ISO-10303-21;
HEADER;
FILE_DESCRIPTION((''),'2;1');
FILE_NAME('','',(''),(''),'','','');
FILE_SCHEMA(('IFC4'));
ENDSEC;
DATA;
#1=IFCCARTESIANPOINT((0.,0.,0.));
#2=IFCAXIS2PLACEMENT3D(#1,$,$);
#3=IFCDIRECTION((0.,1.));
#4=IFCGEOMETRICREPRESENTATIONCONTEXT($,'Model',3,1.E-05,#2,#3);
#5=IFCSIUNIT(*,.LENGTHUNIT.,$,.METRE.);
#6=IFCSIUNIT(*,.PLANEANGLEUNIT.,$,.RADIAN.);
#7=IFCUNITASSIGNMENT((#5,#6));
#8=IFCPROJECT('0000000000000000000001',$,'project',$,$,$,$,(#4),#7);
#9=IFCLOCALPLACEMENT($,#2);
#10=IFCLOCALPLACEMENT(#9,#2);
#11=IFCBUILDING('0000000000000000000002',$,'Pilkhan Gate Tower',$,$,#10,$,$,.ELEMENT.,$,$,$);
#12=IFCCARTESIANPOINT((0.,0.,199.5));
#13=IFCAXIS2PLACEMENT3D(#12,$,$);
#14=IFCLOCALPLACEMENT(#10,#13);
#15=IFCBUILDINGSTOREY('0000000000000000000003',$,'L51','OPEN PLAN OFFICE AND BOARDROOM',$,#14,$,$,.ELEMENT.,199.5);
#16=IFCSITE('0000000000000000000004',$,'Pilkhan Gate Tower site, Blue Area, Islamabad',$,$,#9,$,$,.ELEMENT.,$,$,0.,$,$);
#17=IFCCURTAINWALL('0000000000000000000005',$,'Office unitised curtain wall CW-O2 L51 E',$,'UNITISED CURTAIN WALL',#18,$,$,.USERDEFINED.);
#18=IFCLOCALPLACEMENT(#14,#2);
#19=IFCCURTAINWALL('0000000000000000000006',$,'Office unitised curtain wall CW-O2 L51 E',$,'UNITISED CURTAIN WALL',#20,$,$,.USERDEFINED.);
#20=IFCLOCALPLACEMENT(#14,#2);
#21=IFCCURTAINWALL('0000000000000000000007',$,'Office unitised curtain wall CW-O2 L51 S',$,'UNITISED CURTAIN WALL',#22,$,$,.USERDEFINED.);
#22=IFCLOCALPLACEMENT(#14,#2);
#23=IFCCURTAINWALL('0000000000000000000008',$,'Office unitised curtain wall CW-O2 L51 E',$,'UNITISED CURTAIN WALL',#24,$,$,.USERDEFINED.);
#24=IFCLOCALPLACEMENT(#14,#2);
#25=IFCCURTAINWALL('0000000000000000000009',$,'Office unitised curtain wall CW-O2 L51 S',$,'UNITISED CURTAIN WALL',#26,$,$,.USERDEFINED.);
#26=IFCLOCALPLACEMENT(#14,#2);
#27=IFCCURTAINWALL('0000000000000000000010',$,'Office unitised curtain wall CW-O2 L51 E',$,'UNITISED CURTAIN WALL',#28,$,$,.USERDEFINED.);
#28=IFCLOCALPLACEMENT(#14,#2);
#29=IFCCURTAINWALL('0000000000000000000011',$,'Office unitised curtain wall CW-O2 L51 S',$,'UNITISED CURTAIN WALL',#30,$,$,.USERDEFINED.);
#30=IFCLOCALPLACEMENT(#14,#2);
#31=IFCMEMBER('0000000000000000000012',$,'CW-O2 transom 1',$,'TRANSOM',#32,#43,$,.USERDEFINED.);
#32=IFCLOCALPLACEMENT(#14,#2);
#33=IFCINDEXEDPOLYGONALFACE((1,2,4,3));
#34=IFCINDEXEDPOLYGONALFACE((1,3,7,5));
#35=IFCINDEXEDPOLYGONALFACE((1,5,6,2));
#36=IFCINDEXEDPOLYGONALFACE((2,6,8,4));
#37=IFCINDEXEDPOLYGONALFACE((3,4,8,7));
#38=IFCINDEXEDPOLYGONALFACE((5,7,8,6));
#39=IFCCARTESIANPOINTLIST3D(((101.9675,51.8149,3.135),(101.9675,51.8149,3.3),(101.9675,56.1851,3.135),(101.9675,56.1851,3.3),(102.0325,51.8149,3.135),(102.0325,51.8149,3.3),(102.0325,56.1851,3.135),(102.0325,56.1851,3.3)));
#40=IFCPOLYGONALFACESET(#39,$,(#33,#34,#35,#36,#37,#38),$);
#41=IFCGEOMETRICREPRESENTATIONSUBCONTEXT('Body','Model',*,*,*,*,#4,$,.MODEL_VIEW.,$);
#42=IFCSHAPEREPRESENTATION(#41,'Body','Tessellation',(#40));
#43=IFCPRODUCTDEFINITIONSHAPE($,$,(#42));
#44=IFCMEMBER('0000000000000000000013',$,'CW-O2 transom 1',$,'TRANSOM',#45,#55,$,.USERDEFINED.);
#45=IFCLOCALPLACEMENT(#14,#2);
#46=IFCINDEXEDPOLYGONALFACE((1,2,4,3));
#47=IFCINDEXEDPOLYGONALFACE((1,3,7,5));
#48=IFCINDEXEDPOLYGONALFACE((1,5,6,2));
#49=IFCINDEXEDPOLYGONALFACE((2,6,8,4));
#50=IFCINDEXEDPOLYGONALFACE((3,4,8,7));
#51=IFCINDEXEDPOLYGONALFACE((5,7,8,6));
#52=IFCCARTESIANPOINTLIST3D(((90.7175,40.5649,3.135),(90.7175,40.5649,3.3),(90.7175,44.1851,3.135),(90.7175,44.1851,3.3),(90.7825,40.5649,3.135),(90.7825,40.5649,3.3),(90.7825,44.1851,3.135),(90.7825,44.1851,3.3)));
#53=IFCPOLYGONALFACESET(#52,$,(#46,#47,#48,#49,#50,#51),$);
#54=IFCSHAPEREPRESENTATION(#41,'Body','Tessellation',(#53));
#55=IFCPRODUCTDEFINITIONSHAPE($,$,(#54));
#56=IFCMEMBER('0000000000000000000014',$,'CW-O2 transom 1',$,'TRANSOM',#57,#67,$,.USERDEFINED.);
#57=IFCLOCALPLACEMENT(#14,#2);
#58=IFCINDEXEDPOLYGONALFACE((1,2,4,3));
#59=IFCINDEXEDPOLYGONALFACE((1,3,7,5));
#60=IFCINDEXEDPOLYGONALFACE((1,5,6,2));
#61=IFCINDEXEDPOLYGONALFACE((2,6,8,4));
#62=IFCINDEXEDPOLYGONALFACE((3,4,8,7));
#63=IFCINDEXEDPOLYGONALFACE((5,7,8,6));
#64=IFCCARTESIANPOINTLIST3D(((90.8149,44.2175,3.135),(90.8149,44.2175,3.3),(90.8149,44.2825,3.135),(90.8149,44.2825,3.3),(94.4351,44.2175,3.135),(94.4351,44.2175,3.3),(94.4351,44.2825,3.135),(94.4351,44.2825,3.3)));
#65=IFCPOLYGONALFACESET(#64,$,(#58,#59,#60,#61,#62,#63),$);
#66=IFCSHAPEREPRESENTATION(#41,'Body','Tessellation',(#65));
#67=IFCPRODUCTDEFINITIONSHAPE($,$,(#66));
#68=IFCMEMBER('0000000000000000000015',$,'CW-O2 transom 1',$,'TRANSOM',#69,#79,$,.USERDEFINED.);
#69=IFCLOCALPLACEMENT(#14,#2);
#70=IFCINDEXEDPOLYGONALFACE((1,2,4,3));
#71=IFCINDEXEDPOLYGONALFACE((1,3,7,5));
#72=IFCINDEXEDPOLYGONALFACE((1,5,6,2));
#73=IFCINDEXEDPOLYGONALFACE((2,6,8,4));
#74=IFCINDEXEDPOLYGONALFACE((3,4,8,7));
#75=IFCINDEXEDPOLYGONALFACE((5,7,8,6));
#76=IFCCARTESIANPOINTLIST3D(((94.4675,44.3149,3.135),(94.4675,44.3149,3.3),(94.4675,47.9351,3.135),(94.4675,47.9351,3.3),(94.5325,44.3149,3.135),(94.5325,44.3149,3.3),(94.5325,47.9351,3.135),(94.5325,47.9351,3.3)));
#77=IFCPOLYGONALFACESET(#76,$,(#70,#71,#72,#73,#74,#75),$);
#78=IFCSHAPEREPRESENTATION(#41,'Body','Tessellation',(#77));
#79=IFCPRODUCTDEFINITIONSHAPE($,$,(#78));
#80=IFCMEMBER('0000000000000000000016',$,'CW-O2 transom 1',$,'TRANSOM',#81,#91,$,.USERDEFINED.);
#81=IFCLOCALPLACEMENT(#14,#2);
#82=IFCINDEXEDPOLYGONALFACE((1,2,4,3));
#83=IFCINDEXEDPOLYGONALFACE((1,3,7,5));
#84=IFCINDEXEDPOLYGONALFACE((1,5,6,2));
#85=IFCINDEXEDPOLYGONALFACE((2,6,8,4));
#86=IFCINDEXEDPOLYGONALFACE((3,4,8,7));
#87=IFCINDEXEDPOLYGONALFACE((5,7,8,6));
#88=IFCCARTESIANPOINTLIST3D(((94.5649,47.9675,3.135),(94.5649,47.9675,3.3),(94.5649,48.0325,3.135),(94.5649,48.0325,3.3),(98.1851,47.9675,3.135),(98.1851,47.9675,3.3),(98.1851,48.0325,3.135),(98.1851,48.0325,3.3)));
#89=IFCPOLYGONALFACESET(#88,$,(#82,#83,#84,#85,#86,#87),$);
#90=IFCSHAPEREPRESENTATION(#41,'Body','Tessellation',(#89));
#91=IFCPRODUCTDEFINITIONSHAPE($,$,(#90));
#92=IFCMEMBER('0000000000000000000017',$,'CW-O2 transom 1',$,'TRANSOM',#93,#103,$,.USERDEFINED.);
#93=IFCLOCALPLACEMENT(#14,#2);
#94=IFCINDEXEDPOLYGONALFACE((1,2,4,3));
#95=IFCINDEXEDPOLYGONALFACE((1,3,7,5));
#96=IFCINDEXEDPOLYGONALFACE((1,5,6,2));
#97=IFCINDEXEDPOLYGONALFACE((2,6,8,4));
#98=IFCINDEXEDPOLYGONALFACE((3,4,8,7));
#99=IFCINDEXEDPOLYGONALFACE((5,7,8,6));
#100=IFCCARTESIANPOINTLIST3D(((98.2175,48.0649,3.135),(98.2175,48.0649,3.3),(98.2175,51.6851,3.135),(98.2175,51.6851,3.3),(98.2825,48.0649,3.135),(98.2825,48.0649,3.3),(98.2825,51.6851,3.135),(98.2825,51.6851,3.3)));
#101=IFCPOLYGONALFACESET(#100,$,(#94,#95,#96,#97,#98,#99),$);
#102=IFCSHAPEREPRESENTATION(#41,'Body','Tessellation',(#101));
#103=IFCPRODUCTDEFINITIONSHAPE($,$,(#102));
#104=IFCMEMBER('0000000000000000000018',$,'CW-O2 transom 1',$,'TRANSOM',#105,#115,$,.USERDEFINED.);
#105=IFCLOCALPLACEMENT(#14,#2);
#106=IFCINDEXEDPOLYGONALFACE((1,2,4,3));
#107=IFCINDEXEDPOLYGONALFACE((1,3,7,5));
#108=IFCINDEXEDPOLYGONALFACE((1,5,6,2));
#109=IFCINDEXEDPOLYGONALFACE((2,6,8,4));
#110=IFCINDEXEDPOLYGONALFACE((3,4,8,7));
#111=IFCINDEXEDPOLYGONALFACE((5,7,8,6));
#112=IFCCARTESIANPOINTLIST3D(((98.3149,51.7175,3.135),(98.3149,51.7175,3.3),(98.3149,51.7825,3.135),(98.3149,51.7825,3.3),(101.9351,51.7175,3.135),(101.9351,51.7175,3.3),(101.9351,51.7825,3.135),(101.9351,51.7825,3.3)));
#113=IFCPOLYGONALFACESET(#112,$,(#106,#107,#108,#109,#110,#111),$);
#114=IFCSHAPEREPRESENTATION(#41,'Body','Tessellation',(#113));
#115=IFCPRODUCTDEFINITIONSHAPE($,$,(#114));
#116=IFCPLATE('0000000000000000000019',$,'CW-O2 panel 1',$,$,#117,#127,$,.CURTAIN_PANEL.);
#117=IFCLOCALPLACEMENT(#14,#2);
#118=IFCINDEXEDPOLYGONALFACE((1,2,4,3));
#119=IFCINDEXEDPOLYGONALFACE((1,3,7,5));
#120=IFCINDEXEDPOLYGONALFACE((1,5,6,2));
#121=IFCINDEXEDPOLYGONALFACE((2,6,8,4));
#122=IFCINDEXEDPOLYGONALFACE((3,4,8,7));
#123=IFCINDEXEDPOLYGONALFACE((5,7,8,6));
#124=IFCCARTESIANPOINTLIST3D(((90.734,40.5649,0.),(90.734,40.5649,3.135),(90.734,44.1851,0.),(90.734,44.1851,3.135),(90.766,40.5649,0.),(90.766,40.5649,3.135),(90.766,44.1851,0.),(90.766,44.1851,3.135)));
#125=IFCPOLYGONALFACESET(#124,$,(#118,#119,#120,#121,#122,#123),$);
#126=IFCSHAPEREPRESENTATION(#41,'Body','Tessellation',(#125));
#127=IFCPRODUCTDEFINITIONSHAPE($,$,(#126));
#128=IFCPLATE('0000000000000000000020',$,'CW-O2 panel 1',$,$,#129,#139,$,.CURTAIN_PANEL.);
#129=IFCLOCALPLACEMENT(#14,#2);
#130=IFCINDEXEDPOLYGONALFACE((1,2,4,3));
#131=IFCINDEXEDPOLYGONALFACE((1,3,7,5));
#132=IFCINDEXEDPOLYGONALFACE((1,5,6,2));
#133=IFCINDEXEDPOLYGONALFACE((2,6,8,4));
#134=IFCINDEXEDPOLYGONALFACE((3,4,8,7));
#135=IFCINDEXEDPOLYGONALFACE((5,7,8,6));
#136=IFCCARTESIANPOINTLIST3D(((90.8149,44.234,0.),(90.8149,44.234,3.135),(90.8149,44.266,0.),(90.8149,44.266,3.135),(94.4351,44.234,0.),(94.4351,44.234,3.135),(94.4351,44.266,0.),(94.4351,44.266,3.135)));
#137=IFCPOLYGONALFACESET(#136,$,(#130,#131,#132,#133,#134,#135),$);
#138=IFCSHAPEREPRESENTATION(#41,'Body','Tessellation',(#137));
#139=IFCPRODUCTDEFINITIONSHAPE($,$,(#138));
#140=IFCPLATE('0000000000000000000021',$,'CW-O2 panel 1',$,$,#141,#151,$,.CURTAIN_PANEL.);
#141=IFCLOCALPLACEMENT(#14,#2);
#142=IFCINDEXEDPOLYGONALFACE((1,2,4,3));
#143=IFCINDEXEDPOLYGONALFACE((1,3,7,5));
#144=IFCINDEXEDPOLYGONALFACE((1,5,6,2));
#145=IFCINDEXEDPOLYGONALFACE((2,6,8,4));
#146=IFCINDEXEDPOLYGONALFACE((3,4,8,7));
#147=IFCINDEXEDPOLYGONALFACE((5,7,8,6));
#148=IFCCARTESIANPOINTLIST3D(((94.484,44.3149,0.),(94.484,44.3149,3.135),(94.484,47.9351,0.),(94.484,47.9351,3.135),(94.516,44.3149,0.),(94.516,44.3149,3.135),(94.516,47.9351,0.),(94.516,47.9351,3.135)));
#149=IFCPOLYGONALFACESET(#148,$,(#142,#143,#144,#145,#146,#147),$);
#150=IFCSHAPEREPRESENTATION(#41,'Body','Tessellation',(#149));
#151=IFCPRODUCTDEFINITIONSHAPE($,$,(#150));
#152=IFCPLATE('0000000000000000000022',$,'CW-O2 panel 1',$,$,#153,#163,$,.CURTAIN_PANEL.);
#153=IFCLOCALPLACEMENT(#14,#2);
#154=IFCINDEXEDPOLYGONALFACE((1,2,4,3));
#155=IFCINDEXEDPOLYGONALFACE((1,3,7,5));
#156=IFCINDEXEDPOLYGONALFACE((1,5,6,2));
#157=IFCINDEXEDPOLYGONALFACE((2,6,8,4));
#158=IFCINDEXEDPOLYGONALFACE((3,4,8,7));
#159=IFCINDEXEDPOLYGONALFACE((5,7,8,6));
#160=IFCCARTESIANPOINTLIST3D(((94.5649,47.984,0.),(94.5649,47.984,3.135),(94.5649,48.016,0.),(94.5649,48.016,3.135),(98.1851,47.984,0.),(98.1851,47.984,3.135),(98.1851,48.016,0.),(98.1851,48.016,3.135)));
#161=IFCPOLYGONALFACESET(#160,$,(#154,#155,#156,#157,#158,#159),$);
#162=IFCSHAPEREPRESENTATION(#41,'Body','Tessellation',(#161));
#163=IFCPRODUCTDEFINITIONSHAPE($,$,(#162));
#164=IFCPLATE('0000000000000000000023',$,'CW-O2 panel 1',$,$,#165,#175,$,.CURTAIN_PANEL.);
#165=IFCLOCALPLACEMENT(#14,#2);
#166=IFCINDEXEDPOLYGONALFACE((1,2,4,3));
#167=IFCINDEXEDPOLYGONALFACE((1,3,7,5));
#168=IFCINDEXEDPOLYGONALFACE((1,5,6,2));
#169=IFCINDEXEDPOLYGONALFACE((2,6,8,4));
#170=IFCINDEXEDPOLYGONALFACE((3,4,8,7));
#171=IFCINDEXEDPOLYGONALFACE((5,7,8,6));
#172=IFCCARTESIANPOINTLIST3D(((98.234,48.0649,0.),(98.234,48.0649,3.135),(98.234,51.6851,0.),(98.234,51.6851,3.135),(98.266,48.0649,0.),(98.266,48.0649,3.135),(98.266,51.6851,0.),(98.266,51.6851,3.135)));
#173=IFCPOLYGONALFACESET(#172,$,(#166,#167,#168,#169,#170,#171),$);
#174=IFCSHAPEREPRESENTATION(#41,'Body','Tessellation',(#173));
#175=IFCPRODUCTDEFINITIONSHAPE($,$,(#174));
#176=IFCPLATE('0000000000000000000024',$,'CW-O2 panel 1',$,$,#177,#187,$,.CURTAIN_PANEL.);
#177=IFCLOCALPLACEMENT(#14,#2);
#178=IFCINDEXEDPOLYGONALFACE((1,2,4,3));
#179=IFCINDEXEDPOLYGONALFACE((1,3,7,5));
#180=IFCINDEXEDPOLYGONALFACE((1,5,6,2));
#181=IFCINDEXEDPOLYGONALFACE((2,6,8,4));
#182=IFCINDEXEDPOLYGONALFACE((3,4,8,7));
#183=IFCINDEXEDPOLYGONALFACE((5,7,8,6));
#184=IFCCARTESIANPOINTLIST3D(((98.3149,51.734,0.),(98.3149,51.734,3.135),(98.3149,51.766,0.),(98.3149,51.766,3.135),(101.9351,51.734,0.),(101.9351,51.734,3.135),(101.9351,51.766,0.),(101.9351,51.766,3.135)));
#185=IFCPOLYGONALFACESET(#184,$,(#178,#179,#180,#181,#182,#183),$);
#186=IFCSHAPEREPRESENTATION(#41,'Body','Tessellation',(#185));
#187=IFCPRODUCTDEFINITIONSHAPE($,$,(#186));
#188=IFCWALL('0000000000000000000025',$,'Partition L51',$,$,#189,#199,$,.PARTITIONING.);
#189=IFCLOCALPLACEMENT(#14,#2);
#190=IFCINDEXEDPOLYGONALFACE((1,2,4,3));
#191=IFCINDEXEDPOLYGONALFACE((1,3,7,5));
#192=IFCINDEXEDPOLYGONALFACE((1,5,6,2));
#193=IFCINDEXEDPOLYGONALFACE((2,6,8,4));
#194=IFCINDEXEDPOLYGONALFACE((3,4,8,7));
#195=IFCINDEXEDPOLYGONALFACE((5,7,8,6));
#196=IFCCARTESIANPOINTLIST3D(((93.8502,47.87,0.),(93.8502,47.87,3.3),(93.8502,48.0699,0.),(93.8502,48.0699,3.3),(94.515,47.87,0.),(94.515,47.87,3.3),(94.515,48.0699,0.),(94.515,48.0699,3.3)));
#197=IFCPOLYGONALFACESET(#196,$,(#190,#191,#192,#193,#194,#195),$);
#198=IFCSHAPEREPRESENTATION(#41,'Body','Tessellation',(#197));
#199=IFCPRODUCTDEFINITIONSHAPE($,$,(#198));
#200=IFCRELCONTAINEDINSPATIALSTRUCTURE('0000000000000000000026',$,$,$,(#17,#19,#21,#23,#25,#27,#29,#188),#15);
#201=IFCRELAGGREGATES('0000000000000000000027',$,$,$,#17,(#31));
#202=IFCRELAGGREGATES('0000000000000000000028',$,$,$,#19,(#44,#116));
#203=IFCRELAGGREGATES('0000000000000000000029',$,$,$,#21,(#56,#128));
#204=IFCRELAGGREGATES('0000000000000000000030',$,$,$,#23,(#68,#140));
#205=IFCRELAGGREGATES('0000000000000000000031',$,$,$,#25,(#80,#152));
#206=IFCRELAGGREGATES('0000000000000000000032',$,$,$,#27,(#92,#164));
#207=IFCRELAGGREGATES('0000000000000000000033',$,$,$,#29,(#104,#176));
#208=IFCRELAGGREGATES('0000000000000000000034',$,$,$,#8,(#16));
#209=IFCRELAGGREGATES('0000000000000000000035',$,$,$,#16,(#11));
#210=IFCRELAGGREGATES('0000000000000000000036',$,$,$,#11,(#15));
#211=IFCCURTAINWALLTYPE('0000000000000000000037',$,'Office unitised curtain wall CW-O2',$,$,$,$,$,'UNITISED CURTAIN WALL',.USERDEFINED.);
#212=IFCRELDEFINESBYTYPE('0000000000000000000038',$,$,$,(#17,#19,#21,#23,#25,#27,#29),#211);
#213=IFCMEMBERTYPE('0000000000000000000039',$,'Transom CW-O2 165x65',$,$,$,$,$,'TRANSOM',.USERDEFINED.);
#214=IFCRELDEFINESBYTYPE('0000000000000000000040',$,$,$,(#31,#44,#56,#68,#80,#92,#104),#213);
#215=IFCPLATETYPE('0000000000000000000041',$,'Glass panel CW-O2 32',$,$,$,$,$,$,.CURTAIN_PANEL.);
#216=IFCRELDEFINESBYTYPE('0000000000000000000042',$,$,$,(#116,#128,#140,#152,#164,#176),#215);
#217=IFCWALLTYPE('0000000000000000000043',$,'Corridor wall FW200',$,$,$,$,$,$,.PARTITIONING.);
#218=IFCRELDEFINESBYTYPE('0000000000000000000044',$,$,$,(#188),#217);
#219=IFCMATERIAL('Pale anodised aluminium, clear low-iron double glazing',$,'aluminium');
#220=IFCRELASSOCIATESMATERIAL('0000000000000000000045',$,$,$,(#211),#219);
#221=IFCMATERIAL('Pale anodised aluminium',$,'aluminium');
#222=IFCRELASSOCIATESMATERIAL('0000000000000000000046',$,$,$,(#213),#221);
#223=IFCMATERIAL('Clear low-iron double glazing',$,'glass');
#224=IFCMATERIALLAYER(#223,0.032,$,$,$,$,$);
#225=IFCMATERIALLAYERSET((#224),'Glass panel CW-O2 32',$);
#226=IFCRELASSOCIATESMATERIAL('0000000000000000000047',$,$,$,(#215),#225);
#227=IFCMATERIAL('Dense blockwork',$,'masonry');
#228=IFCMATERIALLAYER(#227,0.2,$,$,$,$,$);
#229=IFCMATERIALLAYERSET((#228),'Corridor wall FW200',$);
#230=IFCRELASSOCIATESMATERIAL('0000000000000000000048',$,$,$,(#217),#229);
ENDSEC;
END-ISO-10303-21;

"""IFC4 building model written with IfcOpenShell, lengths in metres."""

from ifc_helpers import new_model, si_unit, direction, frame, frame_2d, origin, origin_2d, place, context, subcontext, project, spatial, rectangle, extrude, material, layer, layer_set, material_profile, profile_set, type_object, element, aggregate, save


model = new_model("IFC4")

# Units and contexts
model_context = context("Model", 3, precision=1e-05, world=origin(), true_north=direction((0.0, 1.0)))
body_context = subcontext(model_context, "Body", "Model", "MODEL_VIEW")
ifc_project = project(units=[si_unit("LENGTHUNIT", "METRE"), si_unit("PLANEANGLEUNIT", "RADIAN")], contexts=[model_context])

# Site, building, storey
site_placement = place(None, origin())
site = spatial("IfcSite", under=ifc_project, at=site_placement, Name="Pilkhan Gate Tower site, Blue Area, Islamabad", CompositionType="ELEMENT", RefElevation=0.0)
building_placement = place(site_placement, origin())
building = spatial("IfcBuilding", under=site, at=building_placement, Name="Pilkhan Gate Tower", CompositionType="ELEMENT")
storey_placement = place(building_placement, frame((0.0, 0.0, 199.5)))
storey = spatial("IfcBuildingStorey", under=building, at=storey_placement, Name="L51", Description="OPEN PLAN OFFICE AND BOARDROOM", CompositionType="ELEMENT", Elevation=199.5)

# Curtain walls
ifc_material_1 = material(Name="Pale anodised aluminium, clear low-iron double glazing", Category="aluminium")
curtain_wall_type = type_object("IfcCurtainWallType", Name="Office unitised curtain wall CW-O2", ElementType="UNITISED CURTAIN WALL", PredefinedType="USERDEFINED", material=ifc_material_1)
curtain_wall_1_placement = place(storey_placement, origin())
curtain_wall_1 = element("IfcCurtainWall", 1, at=curtain_wall_1_placement, inside=storey, type_object=curtain_wall_type, Name="Office unitised curtain wall CW-O2 L51 E", ObjectType="UNITISED CURTAIN WALL", PredefinedType="USERDEFINED")
ifc_material_2 = material(Name="Pale anodised aluminium", Category="aluminium")
curtain_wall_2_placement = place(storey_placement, origin())
curtain_wall_2 = element("IfcCurtainWall", 2, at=curtain_wall_2_placement, inside=storey, type_object=curtain_wall_type, Name="Office unitised curtain wall CW-O2 L51 E", ObjectType="UNITISED CURTAIN WALL", PredefinedType="USERDEFINED")

# Curtain walls
curtain_wall_3_placement = place(storey_placement, origin())
curtain_wall_3 = element("IfcCurtainWall", 3, at=curtain_wall_3_placement, inside=storey, type_object=curtain_wall_type, Name="Office unitised curtain wall CW-O2 L51 S", ObjectType="UNITISED CURTAIN WALL", PredefinedType="USERDEFINED")
curtain_wall_4_placement = place(storey_placement, origin())
curtain_wall_4 = element("IfcCurtainWall", 4, at=curtain_wall_4_placement, inside=storey, type_object=curtain_wall_type, Name="Office unitised curtain wall CW-O2 L51 E", ObjectType="UNITISED CURTAIN WALL", PredefinedType="USERDEFINED")
curtain_wall_5_placement = place(storey_placement, origin())
curtain_wall_5 = element("IfcCurtainWall", 5, at=curtain_wall_5_placement, inside=storey, type_object=curtain_wall_type, Name="Office unitised curtain wall CW-O2 L51 S", ObjectType="UNITISED CURTAIN WALL", PredefinedType="USERDEFINED")
curtain_wall_6_placement = place(storey_placement, origin())
curtain_wall_6 = element("IfcCurtainWall", 6, at=curtain_wall_6_placement, inside=storey, type_object=curtain_wall_type, Name="Office unitised curtain wall CW-O2 L51 E", ObjectType="UNITISED CURTAIN WALL", PredefinedType="USERDEFINED")
curtain_wall_7_placement = place(storey_placement, origin())
curtain_wall_7 = element("IfcCurtainWall", 7, at=curtain_wall_7_placement, inside=storey, type_object=curtain_wall_type, Name="Office unitised curtain wall CW-O2 L51 S", ObjectType="UNITISED CURTAIN WALL", PredefinedType="USERDEFINED")

# Members
ifc_material_profile_1 = material_profile(ifc_material_2, rectangle(XDim=0.0649, YDim=0.165, at=origin_2d()), Name="Transom 165x65")
ifc_profile_set_1 = profile_set([ifc_material_profile_1], Name="Pale anodised aluminium")
member_type_1 = type_object("IfcMemberType", Name="Transom CW-O2 165x65", ElementType="TRANSOM", PredefinedType="USERDEFINED", material=ifc_profile_set_1)
member_1_placement = place(storey_placement, frame((102.0, 51.8149, 3.2175), z_axis=(0.0, 1.0, 0.0), x_axis=(-1.0, 0.0, 0.0)))
member_1 = element("IfcMember", 8, at=member_1_placement, type_object=member_type_1, Name="CW-O2 transom 1", ObjectType="TRANSOM", PredefinedType="USERDEFINED", context=body_context, shape_type="SweptSolid", body=[
    extrude(rectangle(XDim=0.0649, YDim=0.165, at=origin_2d()), origin(), (0.0, 0.0, 1.0), 4.3701),
])
aggregate(curtain_wall_1, [member_1])
member_2_placement = place(storey_placement, frame((90.75, 40.5649, 3.2175), z_axis=(0.0, 1.0, 0.0), x_axis=(-1.0, 0.0, 0.0)))
member_2 = element("IfcMember", 9, at=member_2_placement, type_object=member_type_1, Name="CW-O2 transom 1", ObjectType="TRANSOM", PredefinedType="USERDEFINED", context=body_context, shape_type="SweptSolid", body=[
    extrude(rectangle(XDim=0.0649, YDim=0.165, at=origin_2d()), origin(), (0.0, 0.0, 1.0), 3.6201),
])
member_3_placement = place(storey_placement, frame((90.8149, 44.25, 3.2175), z_axis=(1.0, 0.0, 0.0), x_axis=(0.0, 1.0, 0.0)))
member_3 = element("IfcMember", 10, at=member_3_placement, type_object=member_type_1, Name="CW-O2 transom 1", ObjectType="TRANSOM", PredefinedType="USERDEFINED", context=body_context, shape_type="SweptSolid", body=[
    extrude(rectangle(XDim=0.0649, YDim=0.165, at=origin_2d()), origin(), (0.0, 0.0, 1.0), 3.6201),
])
member_4_placement = place(storey_placement, frame((94.5, 44.3149, 3.2175), z_axis=(0.0, 1.0, 0.0), x_axis=(-1.0, 0.0, 0.0)))
member_4 = element("IfcMember", 11, at=member_4_placement, type_object=member_type_1, Name="CW-O2 transom 1", ObjectType="TRANSOM", PredefinedType="USERDEFINED", context=body_context, shape_type="SweptSolid", body=[
    extrude(rectangle(XDim=0.0649, YDim=0.165, at=origin_2d()), origin(), (0.0, 0.0, 1.0), 3.6201),
])
member_5_placement = place(storey_placement, frame((94.5649, 48.0, 3.2175), z_axis=(1.0, 0.0, 0.0), x_axis=(0.0, 1.0, 0.0)))
member_5 = element("IfcMember", 12, at=member_5_placement, type_object=member_type_1, Name="CW-O2 transom 1", ObjectType="TRANSOM", PredefinedType="USERDEFINED", context=body_context, shape_type="SweptSolid", body=[
    extrude(rectangle(XDim=0.0649, YDim=0.165, at=origin_2d()), origin(), (0.0, 0.0, 1.0), 3.6201),
])
member_6_placement = place(storey_placement, frame((98.25, 48.0649, 3.2175), z_axis=(0.0, 1.0, 0.0), x_axis=(-1.0, 0.0, 0.0)))
member_6 = element("IfcMember", 13, at=member_6_placement, type_object=member_type_1, Name="CW-O2 transom 1", ObjectType="TRANSOM", PredefinedType="USERDEFINED", context=body_context, shape_type="SweptSolid", body=[
    extrude(rectangle(XDim=0.0649, YDim=0.165, at=origin_2d()), origin(), (0.0, 0.0, 1.0), 3.6201),
])
member_7_placement = place(storey_placement, frame((98.3149, 51.75, 3.2175), z_axis=(1.0, 0.0, 0.0), x_axis=(0.0, 1.0, 0.0)))
member_7 = element("IfcMember", 14, at=member_7_placement, type_object=member_type_1, Name="CW-O2 transom 1", ObjectType="TRANSOM", PredefinedType="USERDEFINED", context=body_context, shape_type="SweptSolid", body=[
    extrude(rectangle(XDim=0.0649, YDim=0.165, at=origin_2d()), origin(), (0.0, 0.0, 1.0), 3.6201),
])

# Plates
ifc_material_3 = material(Name="Clear low-iron double glazing", Category="glass")
ifc_layer_1 = layer(ifc_material_3, 0.032)
ifc_layer_set_1 = layer_set([ifc_layer_1], Name="Glass panel CW-O2 32")
plate_type = type_object("IfcPlateType", Name="Glass panel CW-O2 32", PredefinedType="CURTAIN_PANEL", material=ifc_layer_set_1)
plate_1_placement = place(storey_placement, frame((90.75, 42.375, 0.0), z_axis=(0.0, 0.0, 1.0), x_axis=(0.0, 1.0, 0.0)))
plate_1 = element("IfcPlate", 15, at=plate_1_placement, type_object=plate_type, Name="CW-O2 panel 1", PredefinedType="CURTAIN_PANEL", context=body_context, shape_type="SweptSolid", body=[
    extrude(rectangle(XDim=3.6201, YDim=0.032, at=origin_2d()), origin(), (0.0, 0.0, 1.0), 3.135),
])
aggregate(curtain_wall_2, [member_2, plate_1])
plate_2_placement = place(storey_placement, frame((92.625, 44.25, 0.0), z_axis=(0.0, 0.0, 1.0), x_axis=(1.0, 0.0, 0.0)))
plate_2 = element("IfcPlate", 16, at=plate_2_placement, type_object=plate_type, Name="CW-O2 panel 1", PredefinedType="CURTAIN_PANEL", context=body_context, shape_type="SweptSolid", body=[
    extrude(rectangle(XDim=3.6201, YDim=0.032, at=origin_2d()), origin(), (0.0, 0.0, 1.0), 3.135),
])
aggregate(curtain_wall_3, [member_3, plate_2])
plate_3_placement = place(storey_placement, frame((94.5, 46.125, 0.0), z_axis=(0.0, 0.0, 1.0), x_axis=(0.0, 1.0, 0.0)))
plate_3 = element("IfcPlate", 17, at=plate_3_placement, type_object=plate_type, Name="CW-O2 panel 1", PredefinedType="CURTAIN_PANEL", context=body_context, shape_type="SweptSolid", body=[
    extrude(rectangle(XDim=3.6201, YDim=0.032, at=origin_2d()), origin(), (0.0, 0.0, 1.0), 3.135),
])
aggregate(curtain_wall_4, [member_4, plate_3])
plate_4_placement = place(storey_placement, frame((96.375, 48.0, 0.0), z_axis=(0.0, 0.0, 1.0), x_axis=(1.0, 0.0, 0.0)))
plate_4 = element("IfcPlate", 18, at=plate_4_placement, type_object=plate_type, Name="CW-O2 panel 1", PredefinedType="CURTAIN_PANEL", context=body_context, shape_type="SweptSolid", body=[
    extrude(rectangle(XDim=3.6201, YDim=0.032, at=origin_2d()), origin(), (0.0, 0.0, 1.0), 3.135),
])
aggregate(curtain_wall_5, [member_5, plate_4])
plate_5_placement = place(storey_placement, frame((98.25, 49.875, 0.0), z_axis=(0.0, 0.0, 1.0), x_axis=(0.0, 1.0, 0.0)))
plate_5 = element("IfcPlate", 19, at=plate_5_placement, type_object=plate_type, Name="CW-O2 panel 1", PredefinedType="CURTAIN_PANEL", context=body_context, shape_type="SweptSolid", body=[
    extrude(rectangle(XDim=3.6201, YDim=0.032, at=origin_2d()), origin(), (0.0, 0.0, 1.0), 3.135),
])
aggregate(curtain_wall_6, [member_6, plate_5])
plate_6_placement = place(storey_placement, frame((100.125, 51.75, 0.0), z_axis=(0.0, 0.0, 1.0), x_axis=(1.0, 0.0, 0.0)))
plate_6 = element("IfcPlate", 20, at=plate_6_placement, type_object=plate_type, Name="CW-O2 panel 1", PredefinedType="CURTAIN_PANEL", context=body_context, shape_type="SweptSolid", body=[
    extrude(rectangle(XDim=3.6201, YDim=0.032, at=origin_2d()), origin(), (0.0, 0.0, 1.0), 3.135),
])
aggregate(curtain_wall_7, [member_7, plate_6])

# Wall
ifc_material_4 = material(Name="Dense blockwork", Category="masonry")
ifc_layer_2 = layer(ifc_material_4, 0.2)
ifc_layer_set_2 = layer_set([ifc_layer_2], Name="Corridor wall FW200")
wall_type = type_object("IfcWallType", Name="Corridor wall FW200", PredefinedType="PARTITIONING", material=ifc_layer_set_2)
wall_1_placement = place(storey_placement, frame((93.8501, 47.97, 0.0), z_axis=(0.0, 0.0, 1.0), x_axis=(1.0, 0.0, 0.0)))
element("IfcWall", 21, at=wall_1_placement, inside=storey, type_object=wall_type, Name="Partition L51", PredefinedType="PARTITIONING", context=body_context, shape_type="SweptSolid", body=[
    extrude(rectangle(XDim=0.6648, YDim=0.2, at=frame_2d((0.3325, 0.0))), origin(), (0.0, 0.0, 1.0), 3.3),
])

save(model, "model.ifc")
